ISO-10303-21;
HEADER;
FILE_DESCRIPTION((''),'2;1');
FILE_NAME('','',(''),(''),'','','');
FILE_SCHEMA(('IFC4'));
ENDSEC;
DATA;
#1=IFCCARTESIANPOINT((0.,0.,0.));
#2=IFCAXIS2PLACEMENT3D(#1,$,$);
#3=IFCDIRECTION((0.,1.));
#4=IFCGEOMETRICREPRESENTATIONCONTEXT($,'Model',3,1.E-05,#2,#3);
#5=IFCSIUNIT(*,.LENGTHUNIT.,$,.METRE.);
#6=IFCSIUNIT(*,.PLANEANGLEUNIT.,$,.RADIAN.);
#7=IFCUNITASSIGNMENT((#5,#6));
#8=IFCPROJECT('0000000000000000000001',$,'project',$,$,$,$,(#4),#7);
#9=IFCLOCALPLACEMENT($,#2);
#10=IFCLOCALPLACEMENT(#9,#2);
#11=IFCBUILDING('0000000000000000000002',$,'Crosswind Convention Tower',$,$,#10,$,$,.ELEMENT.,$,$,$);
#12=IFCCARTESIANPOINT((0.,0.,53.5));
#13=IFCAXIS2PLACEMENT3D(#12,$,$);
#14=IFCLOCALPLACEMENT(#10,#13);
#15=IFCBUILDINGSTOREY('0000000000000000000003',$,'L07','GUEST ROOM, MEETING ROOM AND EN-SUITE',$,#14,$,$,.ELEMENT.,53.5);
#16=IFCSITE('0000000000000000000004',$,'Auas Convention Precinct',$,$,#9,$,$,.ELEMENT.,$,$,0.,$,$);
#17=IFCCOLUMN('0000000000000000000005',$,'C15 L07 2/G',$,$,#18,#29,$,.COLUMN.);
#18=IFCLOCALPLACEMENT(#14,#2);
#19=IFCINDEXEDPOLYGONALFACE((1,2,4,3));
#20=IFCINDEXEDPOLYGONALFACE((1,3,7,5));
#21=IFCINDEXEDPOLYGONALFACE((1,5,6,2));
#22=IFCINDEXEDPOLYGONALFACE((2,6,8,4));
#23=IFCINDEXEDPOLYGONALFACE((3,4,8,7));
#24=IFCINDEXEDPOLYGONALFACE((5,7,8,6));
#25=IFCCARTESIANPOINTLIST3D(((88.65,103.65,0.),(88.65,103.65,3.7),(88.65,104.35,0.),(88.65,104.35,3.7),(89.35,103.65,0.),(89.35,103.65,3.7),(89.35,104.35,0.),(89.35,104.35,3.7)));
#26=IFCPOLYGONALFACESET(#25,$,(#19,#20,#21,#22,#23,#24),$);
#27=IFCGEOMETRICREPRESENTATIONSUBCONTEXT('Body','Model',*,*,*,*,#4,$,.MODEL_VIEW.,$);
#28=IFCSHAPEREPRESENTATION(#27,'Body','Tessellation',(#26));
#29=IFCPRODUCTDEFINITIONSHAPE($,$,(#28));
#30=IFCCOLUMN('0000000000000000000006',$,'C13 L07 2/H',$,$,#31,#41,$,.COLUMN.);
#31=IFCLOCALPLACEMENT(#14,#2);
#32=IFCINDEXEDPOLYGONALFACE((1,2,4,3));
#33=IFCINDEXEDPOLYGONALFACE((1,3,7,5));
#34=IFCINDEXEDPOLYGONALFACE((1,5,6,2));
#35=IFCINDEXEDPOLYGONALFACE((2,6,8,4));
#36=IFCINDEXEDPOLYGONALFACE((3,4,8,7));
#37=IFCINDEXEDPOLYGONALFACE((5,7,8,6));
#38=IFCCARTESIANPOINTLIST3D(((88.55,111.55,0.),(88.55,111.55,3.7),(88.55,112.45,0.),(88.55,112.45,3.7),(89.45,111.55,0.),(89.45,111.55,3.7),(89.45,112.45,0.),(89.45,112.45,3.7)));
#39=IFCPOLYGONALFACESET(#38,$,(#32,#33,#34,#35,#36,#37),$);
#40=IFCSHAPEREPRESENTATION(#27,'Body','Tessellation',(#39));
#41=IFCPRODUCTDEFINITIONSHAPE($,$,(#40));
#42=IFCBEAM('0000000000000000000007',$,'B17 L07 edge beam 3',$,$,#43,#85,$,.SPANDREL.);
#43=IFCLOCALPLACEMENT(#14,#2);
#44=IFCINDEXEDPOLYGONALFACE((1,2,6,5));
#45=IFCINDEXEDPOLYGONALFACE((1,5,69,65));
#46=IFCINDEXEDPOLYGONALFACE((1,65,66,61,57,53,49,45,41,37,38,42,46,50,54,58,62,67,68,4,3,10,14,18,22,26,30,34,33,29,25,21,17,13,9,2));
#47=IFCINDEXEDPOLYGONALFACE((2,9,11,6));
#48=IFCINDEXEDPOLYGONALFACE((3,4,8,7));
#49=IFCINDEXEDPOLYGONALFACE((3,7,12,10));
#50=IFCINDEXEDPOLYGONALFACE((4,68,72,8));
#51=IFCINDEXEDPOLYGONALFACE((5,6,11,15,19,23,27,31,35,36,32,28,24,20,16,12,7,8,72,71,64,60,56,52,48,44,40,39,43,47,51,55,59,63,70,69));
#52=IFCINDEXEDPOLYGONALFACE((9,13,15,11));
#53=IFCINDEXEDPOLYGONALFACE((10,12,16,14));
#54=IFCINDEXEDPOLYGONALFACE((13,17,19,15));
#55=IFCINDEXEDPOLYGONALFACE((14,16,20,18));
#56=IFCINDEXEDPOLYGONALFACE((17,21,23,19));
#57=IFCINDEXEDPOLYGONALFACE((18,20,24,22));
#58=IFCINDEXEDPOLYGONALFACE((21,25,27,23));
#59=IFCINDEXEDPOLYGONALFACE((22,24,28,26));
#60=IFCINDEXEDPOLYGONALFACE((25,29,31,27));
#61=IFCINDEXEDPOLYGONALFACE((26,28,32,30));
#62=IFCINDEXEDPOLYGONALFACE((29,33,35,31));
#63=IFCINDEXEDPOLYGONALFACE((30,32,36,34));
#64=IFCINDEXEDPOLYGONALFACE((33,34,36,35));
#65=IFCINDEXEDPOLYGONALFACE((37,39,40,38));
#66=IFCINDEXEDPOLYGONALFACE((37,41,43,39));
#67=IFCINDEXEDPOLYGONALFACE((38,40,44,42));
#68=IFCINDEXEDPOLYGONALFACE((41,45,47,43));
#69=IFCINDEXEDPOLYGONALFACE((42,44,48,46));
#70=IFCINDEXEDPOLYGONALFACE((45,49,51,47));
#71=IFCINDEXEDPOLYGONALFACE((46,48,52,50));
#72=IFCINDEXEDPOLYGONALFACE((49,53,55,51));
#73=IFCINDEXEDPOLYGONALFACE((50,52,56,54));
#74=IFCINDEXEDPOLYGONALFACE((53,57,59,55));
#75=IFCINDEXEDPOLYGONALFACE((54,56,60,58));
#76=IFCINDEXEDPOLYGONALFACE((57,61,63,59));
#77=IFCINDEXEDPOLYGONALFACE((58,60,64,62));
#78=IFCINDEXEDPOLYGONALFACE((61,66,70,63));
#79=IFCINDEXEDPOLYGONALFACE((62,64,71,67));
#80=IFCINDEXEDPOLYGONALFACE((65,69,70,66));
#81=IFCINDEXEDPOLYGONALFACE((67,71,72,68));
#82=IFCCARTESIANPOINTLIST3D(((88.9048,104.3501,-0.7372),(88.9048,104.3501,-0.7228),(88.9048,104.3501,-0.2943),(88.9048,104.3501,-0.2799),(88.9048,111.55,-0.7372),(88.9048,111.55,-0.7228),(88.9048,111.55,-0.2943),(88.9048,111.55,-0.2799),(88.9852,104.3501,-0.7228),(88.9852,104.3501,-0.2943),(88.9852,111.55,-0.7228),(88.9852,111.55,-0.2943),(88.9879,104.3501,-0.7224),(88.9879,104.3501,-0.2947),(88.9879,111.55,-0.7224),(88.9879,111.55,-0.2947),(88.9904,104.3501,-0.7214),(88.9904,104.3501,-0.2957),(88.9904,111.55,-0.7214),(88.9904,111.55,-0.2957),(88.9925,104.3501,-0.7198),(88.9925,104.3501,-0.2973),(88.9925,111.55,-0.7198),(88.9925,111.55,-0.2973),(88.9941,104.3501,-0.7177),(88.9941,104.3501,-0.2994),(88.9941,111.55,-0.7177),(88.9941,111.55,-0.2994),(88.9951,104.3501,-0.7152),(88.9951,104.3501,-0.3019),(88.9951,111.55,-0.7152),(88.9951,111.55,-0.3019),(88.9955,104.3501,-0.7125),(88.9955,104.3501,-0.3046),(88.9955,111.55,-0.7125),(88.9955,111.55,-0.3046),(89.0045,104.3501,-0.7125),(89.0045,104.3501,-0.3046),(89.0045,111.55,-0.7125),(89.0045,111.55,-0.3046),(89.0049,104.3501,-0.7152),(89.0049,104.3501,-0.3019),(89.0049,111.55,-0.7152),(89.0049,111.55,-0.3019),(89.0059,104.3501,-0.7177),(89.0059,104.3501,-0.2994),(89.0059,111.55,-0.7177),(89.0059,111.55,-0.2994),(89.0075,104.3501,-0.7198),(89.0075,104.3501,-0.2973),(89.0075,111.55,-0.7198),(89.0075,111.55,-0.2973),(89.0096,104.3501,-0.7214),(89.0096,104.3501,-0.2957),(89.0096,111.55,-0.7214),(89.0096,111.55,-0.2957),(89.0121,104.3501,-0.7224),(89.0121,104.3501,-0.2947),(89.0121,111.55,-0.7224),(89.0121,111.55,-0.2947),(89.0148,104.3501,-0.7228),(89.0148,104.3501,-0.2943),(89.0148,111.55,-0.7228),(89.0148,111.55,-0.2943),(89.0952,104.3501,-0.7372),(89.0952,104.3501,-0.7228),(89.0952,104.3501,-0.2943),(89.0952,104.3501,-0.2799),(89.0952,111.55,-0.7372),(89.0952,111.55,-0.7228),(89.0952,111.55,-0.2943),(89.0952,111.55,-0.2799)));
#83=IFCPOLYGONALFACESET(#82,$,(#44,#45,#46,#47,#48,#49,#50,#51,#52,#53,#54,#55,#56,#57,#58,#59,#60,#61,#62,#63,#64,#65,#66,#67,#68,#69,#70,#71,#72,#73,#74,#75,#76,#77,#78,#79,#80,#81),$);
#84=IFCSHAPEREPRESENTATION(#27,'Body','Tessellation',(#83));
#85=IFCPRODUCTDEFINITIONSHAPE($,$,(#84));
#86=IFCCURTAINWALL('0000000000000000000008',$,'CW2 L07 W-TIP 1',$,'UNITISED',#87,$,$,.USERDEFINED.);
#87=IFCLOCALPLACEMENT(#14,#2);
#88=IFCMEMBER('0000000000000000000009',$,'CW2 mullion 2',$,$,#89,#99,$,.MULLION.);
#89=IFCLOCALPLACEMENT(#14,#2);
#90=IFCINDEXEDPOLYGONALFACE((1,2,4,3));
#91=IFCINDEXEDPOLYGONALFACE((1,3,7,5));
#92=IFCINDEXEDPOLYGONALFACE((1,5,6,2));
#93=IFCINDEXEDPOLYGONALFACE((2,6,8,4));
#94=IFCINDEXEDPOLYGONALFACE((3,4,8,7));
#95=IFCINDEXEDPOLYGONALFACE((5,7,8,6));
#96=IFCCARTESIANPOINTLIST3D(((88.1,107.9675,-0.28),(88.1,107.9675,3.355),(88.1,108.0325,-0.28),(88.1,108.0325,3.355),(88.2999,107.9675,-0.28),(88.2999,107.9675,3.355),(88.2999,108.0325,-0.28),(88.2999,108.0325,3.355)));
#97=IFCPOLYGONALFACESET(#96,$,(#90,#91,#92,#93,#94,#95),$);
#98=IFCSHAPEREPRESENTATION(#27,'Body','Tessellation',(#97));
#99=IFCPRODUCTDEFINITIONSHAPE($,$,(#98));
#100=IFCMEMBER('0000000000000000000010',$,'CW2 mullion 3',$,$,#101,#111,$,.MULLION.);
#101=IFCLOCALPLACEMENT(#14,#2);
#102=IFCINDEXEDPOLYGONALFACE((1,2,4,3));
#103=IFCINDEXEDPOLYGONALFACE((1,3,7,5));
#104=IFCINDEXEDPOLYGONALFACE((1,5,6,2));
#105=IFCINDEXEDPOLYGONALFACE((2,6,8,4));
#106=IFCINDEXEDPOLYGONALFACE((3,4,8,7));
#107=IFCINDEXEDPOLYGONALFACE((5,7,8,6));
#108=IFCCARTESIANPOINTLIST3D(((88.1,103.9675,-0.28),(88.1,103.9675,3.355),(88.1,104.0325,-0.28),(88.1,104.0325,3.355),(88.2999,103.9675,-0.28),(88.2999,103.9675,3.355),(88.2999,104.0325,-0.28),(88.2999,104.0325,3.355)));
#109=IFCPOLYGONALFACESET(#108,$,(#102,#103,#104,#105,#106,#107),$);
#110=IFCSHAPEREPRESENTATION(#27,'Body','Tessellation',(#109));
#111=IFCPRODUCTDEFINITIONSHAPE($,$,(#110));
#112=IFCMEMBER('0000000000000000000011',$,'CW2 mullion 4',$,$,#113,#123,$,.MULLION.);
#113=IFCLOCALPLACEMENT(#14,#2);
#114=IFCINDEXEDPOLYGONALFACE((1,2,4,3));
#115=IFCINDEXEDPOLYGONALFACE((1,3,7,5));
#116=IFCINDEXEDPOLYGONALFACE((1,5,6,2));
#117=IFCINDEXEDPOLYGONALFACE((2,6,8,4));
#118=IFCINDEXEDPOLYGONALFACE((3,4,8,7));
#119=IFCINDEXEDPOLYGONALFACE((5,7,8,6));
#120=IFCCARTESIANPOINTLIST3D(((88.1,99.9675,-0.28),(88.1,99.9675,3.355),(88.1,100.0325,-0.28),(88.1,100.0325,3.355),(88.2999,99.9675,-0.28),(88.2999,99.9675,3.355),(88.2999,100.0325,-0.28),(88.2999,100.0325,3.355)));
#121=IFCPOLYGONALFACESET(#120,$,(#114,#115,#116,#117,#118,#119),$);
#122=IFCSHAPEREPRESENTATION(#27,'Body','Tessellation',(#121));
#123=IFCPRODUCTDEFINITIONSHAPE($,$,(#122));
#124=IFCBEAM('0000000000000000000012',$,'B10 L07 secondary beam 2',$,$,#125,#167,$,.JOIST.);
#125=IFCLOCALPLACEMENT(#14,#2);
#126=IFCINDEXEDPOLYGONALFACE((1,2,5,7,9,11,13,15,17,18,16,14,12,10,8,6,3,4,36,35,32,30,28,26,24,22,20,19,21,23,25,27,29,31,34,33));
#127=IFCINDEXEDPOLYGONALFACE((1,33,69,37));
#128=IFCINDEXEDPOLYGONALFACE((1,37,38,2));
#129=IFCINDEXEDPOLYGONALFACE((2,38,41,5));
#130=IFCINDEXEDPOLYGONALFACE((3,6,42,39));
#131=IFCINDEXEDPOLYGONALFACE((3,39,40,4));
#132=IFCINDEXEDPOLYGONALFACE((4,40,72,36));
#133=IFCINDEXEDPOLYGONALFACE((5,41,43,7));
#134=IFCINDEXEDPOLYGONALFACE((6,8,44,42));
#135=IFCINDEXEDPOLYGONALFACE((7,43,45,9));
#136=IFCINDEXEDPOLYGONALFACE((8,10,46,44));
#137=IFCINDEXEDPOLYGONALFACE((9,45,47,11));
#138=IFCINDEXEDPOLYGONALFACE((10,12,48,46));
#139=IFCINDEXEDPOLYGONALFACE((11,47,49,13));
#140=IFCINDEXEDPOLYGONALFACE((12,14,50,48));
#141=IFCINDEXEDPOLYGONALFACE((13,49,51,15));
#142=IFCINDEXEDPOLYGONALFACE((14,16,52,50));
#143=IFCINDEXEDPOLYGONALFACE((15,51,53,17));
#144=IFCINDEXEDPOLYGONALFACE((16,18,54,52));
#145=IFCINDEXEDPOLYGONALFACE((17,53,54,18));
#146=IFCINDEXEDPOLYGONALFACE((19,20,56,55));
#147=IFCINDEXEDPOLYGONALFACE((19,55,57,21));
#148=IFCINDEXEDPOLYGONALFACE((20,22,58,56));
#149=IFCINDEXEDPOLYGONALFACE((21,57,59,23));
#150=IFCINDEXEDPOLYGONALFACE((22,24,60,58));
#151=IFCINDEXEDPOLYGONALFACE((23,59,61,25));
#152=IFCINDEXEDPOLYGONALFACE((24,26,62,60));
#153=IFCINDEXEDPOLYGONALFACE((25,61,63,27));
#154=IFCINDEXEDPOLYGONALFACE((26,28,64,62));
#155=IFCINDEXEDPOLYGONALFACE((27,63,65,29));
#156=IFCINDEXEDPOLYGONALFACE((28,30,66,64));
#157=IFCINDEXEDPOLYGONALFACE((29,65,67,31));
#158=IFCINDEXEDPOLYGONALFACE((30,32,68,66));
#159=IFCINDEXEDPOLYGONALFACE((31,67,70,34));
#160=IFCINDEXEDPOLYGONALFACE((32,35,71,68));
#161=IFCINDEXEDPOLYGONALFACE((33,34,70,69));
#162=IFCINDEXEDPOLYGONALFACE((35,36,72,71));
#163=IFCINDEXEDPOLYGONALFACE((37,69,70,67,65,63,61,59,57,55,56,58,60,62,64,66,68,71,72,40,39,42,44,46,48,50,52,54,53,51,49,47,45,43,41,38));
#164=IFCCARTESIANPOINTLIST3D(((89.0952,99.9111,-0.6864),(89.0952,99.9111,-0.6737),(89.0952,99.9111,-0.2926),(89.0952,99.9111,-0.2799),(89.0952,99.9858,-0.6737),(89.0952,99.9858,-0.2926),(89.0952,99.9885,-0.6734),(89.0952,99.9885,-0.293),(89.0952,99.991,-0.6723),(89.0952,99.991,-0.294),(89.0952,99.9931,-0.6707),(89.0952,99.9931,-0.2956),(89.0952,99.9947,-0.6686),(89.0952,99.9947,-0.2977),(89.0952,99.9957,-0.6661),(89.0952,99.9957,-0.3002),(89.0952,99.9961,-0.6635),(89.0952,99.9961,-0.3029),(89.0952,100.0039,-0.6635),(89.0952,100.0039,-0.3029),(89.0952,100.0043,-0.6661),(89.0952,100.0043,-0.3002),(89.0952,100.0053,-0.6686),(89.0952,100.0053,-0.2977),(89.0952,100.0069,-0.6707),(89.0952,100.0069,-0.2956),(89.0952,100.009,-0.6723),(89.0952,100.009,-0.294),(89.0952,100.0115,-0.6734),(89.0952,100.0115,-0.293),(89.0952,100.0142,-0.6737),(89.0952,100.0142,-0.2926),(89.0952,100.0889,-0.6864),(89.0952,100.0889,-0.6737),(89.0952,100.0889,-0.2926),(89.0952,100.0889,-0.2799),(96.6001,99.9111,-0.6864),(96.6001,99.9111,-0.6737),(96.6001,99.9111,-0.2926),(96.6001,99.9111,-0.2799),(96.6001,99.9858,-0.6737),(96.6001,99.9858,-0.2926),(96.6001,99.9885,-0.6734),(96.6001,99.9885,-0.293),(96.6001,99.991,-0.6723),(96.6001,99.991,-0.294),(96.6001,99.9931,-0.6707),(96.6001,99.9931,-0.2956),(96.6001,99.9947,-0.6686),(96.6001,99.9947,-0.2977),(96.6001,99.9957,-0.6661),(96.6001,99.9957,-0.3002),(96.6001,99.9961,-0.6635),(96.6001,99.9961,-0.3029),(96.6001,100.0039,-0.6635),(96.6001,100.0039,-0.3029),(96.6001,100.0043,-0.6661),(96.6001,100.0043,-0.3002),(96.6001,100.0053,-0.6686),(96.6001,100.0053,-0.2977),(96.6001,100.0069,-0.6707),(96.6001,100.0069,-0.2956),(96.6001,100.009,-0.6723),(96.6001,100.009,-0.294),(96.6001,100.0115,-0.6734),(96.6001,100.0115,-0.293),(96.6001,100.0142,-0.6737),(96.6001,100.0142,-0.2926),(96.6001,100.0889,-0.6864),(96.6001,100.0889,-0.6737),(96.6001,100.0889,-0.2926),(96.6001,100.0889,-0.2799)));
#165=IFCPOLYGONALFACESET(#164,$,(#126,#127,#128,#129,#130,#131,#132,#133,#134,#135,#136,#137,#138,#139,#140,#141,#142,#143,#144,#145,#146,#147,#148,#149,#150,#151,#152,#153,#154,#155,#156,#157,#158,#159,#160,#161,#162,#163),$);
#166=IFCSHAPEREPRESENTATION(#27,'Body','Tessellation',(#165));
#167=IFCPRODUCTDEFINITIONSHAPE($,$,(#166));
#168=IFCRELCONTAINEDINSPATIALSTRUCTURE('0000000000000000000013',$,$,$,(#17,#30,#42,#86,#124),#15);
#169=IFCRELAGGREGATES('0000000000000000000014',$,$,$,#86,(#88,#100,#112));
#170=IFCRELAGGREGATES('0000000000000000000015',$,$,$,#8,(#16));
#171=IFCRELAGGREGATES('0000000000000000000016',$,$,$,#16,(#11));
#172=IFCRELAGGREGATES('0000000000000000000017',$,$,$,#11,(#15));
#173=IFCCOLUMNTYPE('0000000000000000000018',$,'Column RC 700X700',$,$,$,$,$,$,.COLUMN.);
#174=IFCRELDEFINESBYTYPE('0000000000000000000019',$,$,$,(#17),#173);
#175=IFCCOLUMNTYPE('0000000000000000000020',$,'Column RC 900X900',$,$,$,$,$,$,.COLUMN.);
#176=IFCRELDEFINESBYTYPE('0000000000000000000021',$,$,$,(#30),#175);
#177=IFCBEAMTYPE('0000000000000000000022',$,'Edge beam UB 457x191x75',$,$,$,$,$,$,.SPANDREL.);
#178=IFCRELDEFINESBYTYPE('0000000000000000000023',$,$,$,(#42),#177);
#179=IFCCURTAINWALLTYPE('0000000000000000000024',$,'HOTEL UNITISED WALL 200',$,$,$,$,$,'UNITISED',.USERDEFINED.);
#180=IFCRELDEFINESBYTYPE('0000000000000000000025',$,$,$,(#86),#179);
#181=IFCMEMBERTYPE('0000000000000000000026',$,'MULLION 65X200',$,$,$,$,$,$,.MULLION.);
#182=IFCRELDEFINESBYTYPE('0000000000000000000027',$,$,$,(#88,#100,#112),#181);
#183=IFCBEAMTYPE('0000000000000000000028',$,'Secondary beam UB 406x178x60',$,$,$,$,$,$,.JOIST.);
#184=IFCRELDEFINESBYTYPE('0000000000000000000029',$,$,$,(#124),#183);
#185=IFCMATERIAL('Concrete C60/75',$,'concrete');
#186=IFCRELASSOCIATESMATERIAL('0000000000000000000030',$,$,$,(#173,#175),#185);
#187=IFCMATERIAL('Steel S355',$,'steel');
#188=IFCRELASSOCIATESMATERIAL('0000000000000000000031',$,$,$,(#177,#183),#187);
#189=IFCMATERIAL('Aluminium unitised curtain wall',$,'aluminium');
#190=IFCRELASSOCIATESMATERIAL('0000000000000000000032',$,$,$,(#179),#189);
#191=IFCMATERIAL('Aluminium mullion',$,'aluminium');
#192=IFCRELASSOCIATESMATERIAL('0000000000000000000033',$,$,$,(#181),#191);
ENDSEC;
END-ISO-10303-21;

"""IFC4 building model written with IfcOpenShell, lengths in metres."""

from ifc_helpers import new_model, si_unit, direction, frame, origin, origin_2d, place, context, subcontext, project, spatial, rectangle, i_section, extrude, material, material_profile, profile_set, type_object, element, aggregate, save


model = new_model("IFC4")

# Units and contexts
model_context = context("Model", 3, precision=1e-05, world=origin(), true_north=direction((0.0, 1.0)))
body_context = subcontext(model_context, "Body", "Model", "MODEL_VIEW")
ifc_project = project(units=[si_unit("LENGTHUNIT", "METRE"), si_unit("PLANEANGLEUNIT", "RADIAN")], contexts=[model_context])

# Site, building, storey
site_placement = place(None, origin())
site = spatial("IfcSite", under=ifc_project, at=site_placement, Name="Auas Convention Precinct", CompositionType="ELEMENT", RefElevation=0.0)
building_placement = place(site_placement, origin())
building = spatial("IfcBuilding", under=site, at=building_placement, Name="Crosswind Convention Tower", CompositionType="ELEMENT")
storey_placement = place(building_placement, frame((0.0, 0.0, 53.5)))
storey = spatial("IfcBuildingStorey", under=building, at=storey_placement, Name="L07", Description="GUEST ROOM, MEETING ROOM AND EN-SUITE", CompositionType="ELEMENT", Elevation=53.5)

# Columns
ifc_material_1 = material(Name="Concrete C60/75", Category="concrete")
ifc_material_profile_1 = material_profile(ifc_material_1, rectangle(XDim=0.7, YDim=0.7, at=origin_2d()), Name="RC 700X700")
ifc_profile_set_1 = profile_set([ifc_material_profile_1], Name="Concrete C60/75")
column_type_1 = type_object("IfcColumnType", Name="Column RC 700X700", PredefinedType="COLUMN", material=ifc_profile_set_1)
column_1_placement = place(storey_placement, frame((89.0, 104.0, 0.0), z_axis=(0.0, 0.0, 1.0), x_axis=(1.0, 0.0, 0.0)))
element("IfcColumn", 1, at=column_1_placement, inside=storey, type_object=column_type_1, Name="C15 L07 2/G", PredefinedType="COLUMN", context=body_context, shape_type="SweptSolid", body=[
    extrude(rectangle(XDim=0.7, YDim=0.7, at=origin_2d()), origin(), (0.0, 0.0, 1.0), 3.7),
])
ifc_material_profile_2 = material_profile(ifc_material_1, rectangle(XDim=0.8999, YDim=0.8999, at=origin_2d()), Name="RC 900X900")
ifc_profile_set_2 = profile_set([ifc_material_profile_2], Name="Concrete C60/75")
column_type_2 = type_object("IfcColumnType", Name="Column RC 900X900", PredefinedType="COLUMN", material=ifc_profile_set_2)
column_2_placement = place(storey_placement, frame((89.0, 112.0, 0.0), z_axis=(0.0, 0.0, 1.0), x_axis=(1.0, 0.0, 0.0)))
element("IfcColumn", 2, at=column_2_placement, inside=storey, type_object=column_type_2, Name="C13 L07 2/H", PredefinedType="COLUMN", context=body_context, shape_type="SweptSolid", body=[
    extrude(rectangle(XDim=0.8999, YDim=0.8999, at=origin_2d()), origin(), (0.0, 0.0, 1.0), 3.7),
])

# Beam
ifc_material_2 = material(Name="Steel S355", Category="steel")
ifc_material_profile_3 = material_profile(ifc_material_2, i_section(OverallWidth=0.1904, OverallDepth=0.4573, WebThickness=0.009, FlangeThickness=0.0144, FilletRadius=0.0103, at=origin_2d()), Name="UB 457x191x75")
ifc_profile_set_3 = profile_set([ifc_material_profile_3], Name="Steel S355")
beam_type_1 = type_object("IfcBeamType", Name="Edge beam UB 457x191x75", PredefinedType="SPANDREL", material=ifc_profile_set_3)
beam_placement = place(storey_placement, frame((89.0, 104.3501, -0.5085), z_axis=(0.0, 1.0, 0.0), x_axis=(-1.0, 0.0, 0.0)))
element("IfcBeam", 3, at=beam_placement, inside=storey, type_object=beam_type_1, Name="B17 L07 edge beam 3", PredefinedType="SPANDREL", context=body_context, shape_type="SweptSolid", body=[
    extrude(i_section(OverallWidth=0.1904, OverallDepth=0.4573, WebThickness=0.009, FlangeThickness=0.0144, FilletRadius=0.0103, at=origin_2d()), origin(), (0.0, 0.0, 1.0), 7.2),
])

# Curtain wall, members
ifc_material_3 = material(Name="Aluminium unitised curtain wall", Category="aluminium")
curtain_wall_type = type_object("IfcCurtainWallType", Name="HOTEL UNITISED WALL 200", ElementType="UNITISED", PredefinedType="USERDEFINED", material=ifc_material_3)
curtain_wall_placement = place(storey_placement, origin())
curtain_wall = element("IfcCurtainWall", 4, at=curtain_wall_placement, inside=storey, type_object=curtain_wall_type, Name="CW2 L07 W-TIP 1", ObjectType="UNITISED", PredefinedType="USERDEFINED")
ifc_material_4 = material(Name="Aluminium mullion", Category="aluminium")
ifc_material_profile_4 = material_profile(ifc_material_4, rectangle(XDim=0.2, YDim=0.0649, at=origin_2d()), Name="AL 200X65")
ifc_profile_set_4 = profile_set([ifc_material_profile_4], Name="Aluminium mullion")
member_type = type_object("IfcMemberType", Name="MULLION 65X200", PredefinedType="MULLION", material=ifc_profile_set_4)
member_1_placement = place(storey_placement, frame((88.2, 108.0, -0.28), z_axis=(0.0, 0.0, 1.0), x_axis=(-1.0, 0.0, 0.0)))
member_1 = element("IfcMember", 5, at=member_1_placement, type_object=member_type, Name="CW2 mullion 2", PredefinedType="MULLION", context=body_context, shape_type="SweptSolid", body=[
    extrude(rectangle(XDim=0.2, YDim=0.0649, at=origin_2d()), origin(), (0.0, 0.0, 1.0), 3.635),
])
member_2_placement = place(storey_placement, frame((88.2, 104.0, -0.28), z_axis=(0.0, 0.0, 1.0), x_axis=(-1.0, 0.0, 0.0)))
member_2 = element("IfcMember", 6, at=member_2_placement, type_object=member_type, Name="CW2 mullion 3", PredefinedType="MULLION", context=body_context, shape_type="SweptSolid", body=[
    extrude(rectangle(XDim=0.2, YDim=0.0649, at=origin_2d()), origin(), (0.0, 0.0, 1.0), 3.635),
])
member_3_placement = place(storey_placement, frame((88.2, 100.0, -0.28), z_axis=(0.0, 0.0, 1.0), x_axis=(-1.0, 0.0, 0.0)))
member_3 = element("IfcMember", 7, at=member_3_placement, type_object=member_type, Name="CW2 mullion 4", PredefinedType="MULLION", context=body_context, shape_type="SweptSolid", body=[
    extrude(rectangle(XDim=0.2, YDim=0.0649, at=origin_2d()), origin(), (0.0, 0.0, 1.0), 3.635),
])

# Beam
ifc_material_profile_5 = material_profile(ifc_material_2, i_section(OverallWidth=0.1777, OverallDepth=0.4065, WebThickness=0.0078, FlangeThickness=0.0127, FilletRadius=0.0103, at=origin_2d()), Name="UB 406x178x60")
ifc_profile_set_5 = profile_set([ifc_material_profile_5], Name="Steel S355")
beam_type_2 = type_object("IfcBeamType", Name="Secondary beam UB 406x178x60", PredefinedType="JOIST", material=ifc_profile_set_5)
for number, where, z_axis, x_axis, name in (
    (8, (89.0952, 100.0, -0.4832), (1.0, 0.0, 0.0), (0.0, 1.0, 0.0), "B10 L07 secondary beam 2"),
):
    element("IfcBeam", number, at=place(storey_placement, frame(where, z_axis=z_axis, x_axis=x_axis)), inside=storey, type_object=beam_type_2, Name=name, PredefinedType="JOIST", context=body_context, shape_type="SweptSolid", body=[
        extrude(i_section(OverallWidth=0.1777, OverallDepth=0.4065, WebThickness=0.0078, FlangeThickness=0.0127, FilletRadius=0.0103, at=origin_2d()), origin(), (0.0, 0.0, 1.0), 7.5049),
    ])

aggregate(curtain_wall, [member_1, member_2, member_3])

save(model, "model.ifc")
